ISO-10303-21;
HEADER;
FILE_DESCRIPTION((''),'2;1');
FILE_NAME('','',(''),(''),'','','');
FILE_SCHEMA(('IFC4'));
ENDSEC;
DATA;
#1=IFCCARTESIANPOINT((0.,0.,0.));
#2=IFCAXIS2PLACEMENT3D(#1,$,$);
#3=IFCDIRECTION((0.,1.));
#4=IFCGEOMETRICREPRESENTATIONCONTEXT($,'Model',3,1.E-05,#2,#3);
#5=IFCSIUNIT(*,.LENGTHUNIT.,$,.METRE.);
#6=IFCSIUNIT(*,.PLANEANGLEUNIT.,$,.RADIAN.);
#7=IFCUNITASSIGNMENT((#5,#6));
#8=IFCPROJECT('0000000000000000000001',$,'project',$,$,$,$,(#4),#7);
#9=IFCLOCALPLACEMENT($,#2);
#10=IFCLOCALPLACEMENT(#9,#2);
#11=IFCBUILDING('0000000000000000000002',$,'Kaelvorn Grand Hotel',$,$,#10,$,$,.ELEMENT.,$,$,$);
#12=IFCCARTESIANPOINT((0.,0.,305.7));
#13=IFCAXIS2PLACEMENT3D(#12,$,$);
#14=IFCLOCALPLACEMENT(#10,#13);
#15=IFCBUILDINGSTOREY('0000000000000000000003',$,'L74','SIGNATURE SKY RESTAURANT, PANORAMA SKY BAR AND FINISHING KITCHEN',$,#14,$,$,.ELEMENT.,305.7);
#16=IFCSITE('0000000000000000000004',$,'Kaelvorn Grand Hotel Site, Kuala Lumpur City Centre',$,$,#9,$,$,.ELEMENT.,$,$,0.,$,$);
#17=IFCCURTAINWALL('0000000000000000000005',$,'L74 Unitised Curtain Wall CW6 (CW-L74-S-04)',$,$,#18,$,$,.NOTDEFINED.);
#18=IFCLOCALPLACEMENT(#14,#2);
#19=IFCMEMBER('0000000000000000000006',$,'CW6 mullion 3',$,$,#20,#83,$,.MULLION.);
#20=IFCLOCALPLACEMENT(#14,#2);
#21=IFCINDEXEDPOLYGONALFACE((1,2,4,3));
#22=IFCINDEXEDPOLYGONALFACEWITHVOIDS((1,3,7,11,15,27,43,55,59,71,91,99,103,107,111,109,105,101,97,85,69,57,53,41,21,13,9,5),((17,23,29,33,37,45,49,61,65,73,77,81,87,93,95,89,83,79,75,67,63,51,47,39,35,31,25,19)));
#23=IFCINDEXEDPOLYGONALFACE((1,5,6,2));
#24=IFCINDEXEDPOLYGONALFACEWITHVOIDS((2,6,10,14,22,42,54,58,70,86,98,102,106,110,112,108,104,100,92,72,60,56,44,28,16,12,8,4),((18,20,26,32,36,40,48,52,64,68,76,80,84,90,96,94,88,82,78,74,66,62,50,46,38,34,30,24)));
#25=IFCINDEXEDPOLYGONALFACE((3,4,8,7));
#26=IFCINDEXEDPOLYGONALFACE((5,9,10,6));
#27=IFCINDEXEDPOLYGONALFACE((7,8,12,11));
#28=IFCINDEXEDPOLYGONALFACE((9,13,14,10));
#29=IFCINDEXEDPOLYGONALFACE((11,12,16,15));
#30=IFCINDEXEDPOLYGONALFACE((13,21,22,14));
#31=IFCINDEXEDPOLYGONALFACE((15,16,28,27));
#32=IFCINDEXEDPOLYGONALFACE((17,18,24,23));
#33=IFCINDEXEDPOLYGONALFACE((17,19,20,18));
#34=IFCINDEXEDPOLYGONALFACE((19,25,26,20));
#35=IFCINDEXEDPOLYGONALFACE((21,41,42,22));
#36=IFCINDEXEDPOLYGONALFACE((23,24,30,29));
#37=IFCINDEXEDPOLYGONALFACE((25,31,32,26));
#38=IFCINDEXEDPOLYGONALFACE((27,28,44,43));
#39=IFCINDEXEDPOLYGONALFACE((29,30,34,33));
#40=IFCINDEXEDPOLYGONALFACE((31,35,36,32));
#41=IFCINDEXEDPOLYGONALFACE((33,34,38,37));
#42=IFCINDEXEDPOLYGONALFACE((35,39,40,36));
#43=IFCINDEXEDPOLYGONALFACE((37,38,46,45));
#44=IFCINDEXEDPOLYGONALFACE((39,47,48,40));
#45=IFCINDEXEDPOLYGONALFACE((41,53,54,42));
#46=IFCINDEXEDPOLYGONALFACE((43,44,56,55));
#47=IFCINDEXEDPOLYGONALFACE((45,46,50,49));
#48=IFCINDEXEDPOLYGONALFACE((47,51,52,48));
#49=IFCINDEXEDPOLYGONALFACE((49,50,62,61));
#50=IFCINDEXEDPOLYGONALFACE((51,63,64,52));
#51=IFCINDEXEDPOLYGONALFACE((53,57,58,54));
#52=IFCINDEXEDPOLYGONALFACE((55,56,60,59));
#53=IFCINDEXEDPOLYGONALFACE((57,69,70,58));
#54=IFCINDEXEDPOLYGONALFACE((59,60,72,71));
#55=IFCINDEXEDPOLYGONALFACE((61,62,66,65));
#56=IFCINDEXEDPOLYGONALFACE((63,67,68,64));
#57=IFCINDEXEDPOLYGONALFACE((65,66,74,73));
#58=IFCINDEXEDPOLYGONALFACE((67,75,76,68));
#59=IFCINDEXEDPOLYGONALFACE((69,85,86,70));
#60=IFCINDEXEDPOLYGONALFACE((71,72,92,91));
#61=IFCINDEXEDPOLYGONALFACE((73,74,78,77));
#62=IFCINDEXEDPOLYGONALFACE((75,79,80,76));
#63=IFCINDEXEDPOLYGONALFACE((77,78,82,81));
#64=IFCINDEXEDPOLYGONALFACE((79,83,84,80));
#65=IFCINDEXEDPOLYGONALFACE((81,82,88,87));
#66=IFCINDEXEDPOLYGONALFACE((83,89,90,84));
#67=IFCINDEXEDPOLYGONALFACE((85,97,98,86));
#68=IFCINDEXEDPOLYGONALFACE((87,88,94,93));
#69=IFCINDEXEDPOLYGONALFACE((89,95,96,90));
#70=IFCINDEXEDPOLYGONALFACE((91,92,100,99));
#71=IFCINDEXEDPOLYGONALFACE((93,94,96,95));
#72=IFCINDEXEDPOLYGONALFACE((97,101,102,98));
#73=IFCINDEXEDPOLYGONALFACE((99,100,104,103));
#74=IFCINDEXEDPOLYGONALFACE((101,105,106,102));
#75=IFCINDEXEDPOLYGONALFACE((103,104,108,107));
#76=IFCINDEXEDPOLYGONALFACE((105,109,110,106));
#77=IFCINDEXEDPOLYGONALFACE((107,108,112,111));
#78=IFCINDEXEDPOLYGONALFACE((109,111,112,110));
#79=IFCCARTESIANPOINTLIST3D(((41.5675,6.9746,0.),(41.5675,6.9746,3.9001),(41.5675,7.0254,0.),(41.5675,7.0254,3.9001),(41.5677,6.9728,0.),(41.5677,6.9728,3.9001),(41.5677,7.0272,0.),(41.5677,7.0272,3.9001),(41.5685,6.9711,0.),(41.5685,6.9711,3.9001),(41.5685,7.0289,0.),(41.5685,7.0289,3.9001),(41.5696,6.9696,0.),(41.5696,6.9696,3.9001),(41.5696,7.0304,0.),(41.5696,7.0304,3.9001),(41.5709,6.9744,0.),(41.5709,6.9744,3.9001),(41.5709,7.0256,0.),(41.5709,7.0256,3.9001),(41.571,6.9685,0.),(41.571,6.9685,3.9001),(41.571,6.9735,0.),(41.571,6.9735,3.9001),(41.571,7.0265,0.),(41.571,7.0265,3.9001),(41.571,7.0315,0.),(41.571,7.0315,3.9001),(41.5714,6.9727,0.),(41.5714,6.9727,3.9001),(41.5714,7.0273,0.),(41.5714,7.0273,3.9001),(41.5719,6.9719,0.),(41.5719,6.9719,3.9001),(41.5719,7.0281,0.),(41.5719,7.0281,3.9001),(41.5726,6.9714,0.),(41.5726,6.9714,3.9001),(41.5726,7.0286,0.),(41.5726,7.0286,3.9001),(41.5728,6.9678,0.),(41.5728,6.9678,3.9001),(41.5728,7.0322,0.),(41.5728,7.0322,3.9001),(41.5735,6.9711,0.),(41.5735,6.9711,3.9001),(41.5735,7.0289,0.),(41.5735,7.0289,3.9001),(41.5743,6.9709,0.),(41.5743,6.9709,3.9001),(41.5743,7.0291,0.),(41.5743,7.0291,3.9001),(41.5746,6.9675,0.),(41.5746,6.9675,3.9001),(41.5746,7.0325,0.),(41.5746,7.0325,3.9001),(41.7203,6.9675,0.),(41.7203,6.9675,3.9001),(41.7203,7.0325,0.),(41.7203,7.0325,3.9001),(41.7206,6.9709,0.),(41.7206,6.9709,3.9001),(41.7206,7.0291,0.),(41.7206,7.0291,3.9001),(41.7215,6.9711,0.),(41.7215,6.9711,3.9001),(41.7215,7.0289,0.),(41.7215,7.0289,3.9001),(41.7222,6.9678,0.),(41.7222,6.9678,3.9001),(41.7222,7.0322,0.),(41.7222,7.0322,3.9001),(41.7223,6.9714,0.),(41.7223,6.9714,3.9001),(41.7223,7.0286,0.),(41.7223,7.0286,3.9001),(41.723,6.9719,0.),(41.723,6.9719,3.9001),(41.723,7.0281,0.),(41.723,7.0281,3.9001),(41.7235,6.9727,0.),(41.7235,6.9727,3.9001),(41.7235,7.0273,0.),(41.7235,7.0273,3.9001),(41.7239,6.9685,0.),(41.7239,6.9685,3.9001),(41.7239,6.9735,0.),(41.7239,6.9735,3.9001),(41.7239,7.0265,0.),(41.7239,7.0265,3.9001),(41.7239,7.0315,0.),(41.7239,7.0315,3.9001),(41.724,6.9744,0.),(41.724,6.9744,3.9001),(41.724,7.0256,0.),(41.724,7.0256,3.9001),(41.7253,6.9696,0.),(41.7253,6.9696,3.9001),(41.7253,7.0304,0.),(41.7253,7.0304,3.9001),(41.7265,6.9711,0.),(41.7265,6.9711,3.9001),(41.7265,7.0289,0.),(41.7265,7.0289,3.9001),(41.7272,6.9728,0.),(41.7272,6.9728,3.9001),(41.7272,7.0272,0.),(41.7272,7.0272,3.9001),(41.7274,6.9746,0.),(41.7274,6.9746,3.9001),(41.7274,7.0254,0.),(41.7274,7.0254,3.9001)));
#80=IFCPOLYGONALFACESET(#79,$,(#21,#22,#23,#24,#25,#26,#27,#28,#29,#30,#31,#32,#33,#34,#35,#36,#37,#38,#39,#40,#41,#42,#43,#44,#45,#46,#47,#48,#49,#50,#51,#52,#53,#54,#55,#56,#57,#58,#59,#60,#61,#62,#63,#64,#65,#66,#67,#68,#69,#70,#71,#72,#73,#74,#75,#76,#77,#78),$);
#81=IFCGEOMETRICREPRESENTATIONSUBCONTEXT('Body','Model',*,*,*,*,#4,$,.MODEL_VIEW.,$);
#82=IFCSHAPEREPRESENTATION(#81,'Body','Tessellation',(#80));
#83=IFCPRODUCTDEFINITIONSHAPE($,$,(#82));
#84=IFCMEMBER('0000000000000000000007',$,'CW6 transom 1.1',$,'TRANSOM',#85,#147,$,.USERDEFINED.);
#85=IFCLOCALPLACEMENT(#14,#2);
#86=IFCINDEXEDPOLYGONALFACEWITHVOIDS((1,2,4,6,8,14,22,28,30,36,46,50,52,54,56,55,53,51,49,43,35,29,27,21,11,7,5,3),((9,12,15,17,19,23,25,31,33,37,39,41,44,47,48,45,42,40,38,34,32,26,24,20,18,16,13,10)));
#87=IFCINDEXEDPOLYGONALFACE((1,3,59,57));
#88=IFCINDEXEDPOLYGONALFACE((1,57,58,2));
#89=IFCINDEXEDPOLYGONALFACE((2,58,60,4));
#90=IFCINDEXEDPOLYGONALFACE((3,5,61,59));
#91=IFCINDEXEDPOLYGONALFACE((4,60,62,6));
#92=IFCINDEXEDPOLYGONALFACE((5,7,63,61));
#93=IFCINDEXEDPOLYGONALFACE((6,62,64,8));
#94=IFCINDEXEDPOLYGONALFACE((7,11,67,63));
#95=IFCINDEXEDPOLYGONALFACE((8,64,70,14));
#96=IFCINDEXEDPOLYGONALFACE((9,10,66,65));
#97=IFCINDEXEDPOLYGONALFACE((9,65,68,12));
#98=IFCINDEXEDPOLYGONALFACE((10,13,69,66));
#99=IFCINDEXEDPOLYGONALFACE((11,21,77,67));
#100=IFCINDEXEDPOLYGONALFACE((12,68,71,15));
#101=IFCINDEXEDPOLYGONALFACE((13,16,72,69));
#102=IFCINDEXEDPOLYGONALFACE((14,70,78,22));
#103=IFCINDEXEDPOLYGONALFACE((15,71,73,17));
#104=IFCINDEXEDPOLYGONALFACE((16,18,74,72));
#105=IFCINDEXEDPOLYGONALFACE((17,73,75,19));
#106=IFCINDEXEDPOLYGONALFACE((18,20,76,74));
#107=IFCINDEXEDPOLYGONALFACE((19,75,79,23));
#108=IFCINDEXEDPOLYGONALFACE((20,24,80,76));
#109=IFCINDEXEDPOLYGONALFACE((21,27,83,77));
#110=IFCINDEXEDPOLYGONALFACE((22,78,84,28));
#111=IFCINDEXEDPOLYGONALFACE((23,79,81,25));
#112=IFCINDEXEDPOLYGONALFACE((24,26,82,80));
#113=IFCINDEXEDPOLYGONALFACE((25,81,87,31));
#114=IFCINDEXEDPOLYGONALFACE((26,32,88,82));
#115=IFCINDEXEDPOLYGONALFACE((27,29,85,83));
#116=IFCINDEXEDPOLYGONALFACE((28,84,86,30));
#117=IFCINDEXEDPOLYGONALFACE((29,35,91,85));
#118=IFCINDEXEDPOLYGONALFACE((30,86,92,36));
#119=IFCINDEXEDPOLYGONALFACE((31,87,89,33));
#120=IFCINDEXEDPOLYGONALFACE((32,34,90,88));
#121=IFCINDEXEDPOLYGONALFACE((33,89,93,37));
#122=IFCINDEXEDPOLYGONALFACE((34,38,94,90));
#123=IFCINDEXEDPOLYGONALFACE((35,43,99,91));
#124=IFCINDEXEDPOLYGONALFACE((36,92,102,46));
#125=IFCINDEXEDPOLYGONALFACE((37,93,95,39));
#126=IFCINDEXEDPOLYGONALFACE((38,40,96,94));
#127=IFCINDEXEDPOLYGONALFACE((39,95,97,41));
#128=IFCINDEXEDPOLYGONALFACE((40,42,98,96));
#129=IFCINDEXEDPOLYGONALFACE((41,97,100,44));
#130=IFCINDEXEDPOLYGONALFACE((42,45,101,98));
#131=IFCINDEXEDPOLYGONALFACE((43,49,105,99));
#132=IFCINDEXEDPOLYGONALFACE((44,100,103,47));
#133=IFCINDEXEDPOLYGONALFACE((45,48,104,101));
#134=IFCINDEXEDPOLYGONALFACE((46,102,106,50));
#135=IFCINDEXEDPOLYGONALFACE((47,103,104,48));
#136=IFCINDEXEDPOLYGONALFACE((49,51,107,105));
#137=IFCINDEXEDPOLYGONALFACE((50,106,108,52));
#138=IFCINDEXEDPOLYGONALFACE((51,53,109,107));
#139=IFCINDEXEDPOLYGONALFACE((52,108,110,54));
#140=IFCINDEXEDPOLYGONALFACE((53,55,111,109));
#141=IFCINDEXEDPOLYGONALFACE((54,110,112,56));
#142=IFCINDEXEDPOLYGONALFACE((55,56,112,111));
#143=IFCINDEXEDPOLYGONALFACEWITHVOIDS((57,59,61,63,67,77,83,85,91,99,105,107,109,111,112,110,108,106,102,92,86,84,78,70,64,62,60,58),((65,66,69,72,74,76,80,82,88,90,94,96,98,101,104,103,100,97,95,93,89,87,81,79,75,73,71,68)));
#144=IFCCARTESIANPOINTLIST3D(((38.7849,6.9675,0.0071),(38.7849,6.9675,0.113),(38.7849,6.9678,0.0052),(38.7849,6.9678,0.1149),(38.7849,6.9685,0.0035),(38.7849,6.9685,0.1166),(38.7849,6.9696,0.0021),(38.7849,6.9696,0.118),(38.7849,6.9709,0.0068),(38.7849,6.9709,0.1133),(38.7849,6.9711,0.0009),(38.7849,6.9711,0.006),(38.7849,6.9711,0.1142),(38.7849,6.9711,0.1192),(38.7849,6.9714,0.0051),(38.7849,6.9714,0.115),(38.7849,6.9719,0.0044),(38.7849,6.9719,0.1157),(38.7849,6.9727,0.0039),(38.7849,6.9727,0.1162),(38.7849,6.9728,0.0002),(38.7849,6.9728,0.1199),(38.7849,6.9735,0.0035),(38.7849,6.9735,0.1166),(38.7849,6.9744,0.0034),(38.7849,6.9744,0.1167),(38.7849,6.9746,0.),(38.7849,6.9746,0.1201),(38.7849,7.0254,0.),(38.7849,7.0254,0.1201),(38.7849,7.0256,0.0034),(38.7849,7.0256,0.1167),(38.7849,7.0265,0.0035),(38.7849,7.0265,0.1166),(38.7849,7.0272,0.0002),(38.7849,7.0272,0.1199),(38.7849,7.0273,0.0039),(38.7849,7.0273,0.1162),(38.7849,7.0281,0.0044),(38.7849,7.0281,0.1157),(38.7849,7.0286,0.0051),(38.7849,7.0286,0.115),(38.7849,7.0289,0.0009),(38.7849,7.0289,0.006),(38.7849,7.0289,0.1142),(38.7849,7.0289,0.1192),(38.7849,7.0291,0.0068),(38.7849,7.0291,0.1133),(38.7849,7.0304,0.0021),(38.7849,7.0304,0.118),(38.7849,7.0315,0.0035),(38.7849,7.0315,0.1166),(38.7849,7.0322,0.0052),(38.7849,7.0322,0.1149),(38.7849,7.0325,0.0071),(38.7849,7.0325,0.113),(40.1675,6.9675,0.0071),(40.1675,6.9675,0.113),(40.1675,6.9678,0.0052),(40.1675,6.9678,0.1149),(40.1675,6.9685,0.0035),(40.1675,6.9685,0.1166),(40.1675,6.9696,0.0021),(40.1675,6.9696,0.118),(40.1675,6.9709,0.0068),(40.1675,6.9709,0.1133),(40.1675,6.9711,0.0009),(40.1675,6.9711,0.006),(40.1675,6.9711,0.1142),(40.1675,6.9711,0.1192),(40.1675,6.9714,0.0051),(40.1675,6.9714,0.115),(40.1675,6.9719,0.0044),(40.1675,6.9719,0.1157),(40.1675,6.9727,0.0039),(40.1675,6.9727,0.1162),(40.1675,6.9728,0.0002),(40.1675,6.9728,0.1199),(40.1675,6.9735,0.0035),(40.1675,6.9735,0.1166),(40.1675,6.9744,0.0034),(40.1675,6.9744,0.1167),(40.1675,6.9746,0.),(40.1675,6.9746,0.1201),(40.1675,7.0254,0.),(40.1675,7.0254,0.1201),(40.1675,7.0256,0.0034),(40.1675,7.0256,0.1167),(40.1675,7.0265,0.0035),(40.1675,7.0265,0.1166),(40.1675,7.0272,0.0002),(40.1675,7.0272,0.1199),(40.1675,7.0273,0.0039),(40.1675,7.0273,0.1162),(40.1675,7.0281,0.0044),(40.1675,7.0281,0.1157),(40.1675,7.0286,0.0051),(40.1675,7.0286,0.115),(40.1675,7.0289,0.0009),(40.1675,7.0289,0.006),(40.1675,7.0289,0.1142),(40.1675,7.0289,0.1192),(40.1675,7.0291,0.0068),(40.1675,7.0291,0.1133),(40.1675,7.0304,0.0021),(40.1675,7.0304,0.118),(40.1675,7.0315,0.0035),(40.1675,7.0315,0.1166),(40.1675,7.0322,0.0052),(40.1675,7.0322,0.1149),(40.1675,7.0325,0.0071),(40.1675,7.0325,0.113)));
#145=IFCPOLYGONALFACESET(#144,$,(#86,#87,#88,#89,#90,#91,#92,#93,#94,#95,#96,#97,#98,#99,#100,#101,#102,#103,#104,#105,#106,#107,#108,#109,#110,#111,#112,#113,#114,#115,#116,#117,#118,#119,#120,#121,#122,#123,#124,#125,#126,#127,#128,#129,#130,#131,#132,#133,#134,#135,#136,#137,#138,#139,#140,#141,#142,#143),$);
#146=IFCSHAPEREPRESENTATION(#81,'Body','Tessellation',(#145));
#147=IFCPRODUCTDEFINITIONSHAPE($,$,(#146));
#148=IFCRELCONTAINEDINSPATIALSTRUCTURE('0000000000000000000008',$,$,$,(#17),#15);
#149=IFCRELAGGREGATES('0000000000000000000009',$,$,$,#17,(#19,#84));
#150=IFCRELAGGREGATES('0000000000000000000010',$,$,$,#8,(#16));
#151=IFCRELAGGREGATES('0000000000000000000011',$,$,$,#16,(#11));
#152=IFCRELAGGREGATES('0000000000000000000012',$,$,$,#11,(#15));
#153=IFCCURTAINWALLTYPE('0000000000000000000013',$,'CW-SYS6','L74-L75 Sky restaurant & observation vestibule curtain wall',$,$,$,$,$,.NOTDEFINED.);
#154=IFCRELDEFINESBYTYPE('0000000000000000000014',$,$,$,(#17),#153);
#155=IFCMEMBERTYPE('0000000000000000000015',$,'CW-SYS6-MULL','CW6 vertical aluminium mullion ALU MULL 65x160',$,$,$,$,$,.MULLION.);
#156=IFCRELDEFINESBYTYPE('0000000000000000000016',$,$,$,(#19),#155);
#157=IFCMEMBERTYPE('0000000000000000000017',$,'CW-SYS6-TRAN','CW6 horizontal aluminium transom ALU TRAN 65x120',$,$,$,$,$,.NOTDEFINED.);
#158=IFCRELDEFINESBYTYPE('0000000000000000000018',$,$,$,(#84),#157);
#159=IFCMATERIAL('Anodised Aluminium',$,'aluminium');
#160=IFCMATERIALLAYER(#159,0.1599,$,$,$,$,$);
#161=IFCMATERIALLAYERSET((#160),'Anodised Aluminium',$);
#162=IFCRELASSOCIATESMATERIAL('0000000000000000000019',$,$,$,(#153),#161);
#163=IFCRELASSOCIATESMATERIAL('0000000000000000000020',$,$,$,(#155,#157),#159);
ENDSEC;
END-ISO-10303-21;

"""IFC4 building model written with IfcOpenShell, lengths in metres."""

from ifc_helpers import new_model, si_unit, direction, frame, origin, origin_2d, place, context, subcontext, project, spatial, hollow_rectangle, extrude, material, layer, layer_set, material_profile, profile_set, type_object, element, aggregate, save


model = new_model("IFC4")

# Units and contexts
model_context = context("Model", 3, precision=1e-05, world=origin(), true_north=direction((0.0, 1.0)))
body_context = subcontext(model_context, "Body", "Model", "MODEL_VIEW")
ifc_project = project(units=[si_unit("LENGTHUNIT", "METRE"), si_unit("PLANEANGLEUNIT", "RADIAN")], contexts=[model_context])

# Site, building, storey
site_placement = place(None, origin())
site = spatial("IfcSite", under=ifc_project, at=site_placement, Name="Kaelvorn Grand Hotel Site, Kuala Lumpur City Centre", CompositionType="ELEMENT", RefElevation=0.0)
building_placement = place(site_placement, origin())
building = spatial("IfcBuilding", under=site, at=building_placement, Name="Kaelvorn Grand Hotel", CompositionType="ELEMENT")
storey_placement = place(building_placement, frame((0.0, 0.0, 305.7)))
storey = spatial("IfcBuildingStorey", under=building, at=storey_placement, Name="L74", Description="SIGNATURE SKY RESTAURANT, PANORAMA SKY BAR AND FINISHING KITCHEN", CompositionType="ELEMENT", Elevation=305.7)

# Shared definitions
ifc_material_1 = material(Name="Anodised Aluminium", Category="aluminium")
ifc_layer_1 = layer(ifc_material_1, 0.1599)
ifc_layer_set_1 = layer_set([ifc_layer_1], Name="Anodised Aluminium")
curtain_wall_type = type_object("IfcCurtainWallType", Name="CW-SYS6", Description="L74-L75 Sky restaurant & observation vestibule curtain wall", PredefinedType="NOTDEFINED", material=ifc_layer_set_1)
ifc_material_profile_1 = material_profile(ifc_material_1, hollow_rectangle(XDim=0.0649, YDim=0.1599, WallThickness=0.0034, InnerFilletRadius=0.0034, OuterFilletRadius=0.0071, at=origin_2d()), Name="ALU MULL 65x160")
ifc_profile_set_1 = profile_set([ifc_material_profile_1], Name="Anodised Aluminium")
member_type_1 = type_object("IfcMemberType", Name="CW-SYS6-MULL", Description="CW6 vertical aluminium mullion ALU MULL 65x160", PredefinedType="MULLION", material=ifc_profile_set_1)

# Curtain wall, members
curtain_wall_1_placement = place(storey_placement, origin())
curtain_wall_1 = element("IfcCurtainWall", 1, at=curtain_wall_1_placement, inside=storey, type_object=curtain_wall_type, Name="L74 Unitised Curtain Wall CW6 (CW-L74-S-04)", PredefinedType="NOTDEFINED")
member_1_placement = place(storey_placement, frame((41.6475, 7.0, 0.0), z_axis=(0.0, 0.0, 1.0), x_axis=(0.0, 1.0, 0.0)))
member_1 = element("IfcMember", 2, at=member_1_placement, type_object=member_type_1, Name="CW6 mullion 3", PredefinedType="MULLION", context=body_context, shape_type="SweptSolid", body=[
    extrude(hollow_rectangle(XDim=0.0649, YDim=0.1599, WallThickness=0.0034, InnerFilletRadius=0.0034, OuterFilletRadius=0.0071, at=origin_2d()), origin(), (0.0, 0.0, 1.0), 3.9001),
])
ifc_material_profile_2 = material_profile(ifc_material_1, hollow_rectangle(XDim=0.0649, YDim=0.1201, WallThickness=0.0034, InnerFilletRadius=0.0034, OuterFilletRadius=0.0071, at=origin_2d()), Name="ALU TRAN 65x120")
ifc_profile_set_2 = profile_set([ifc_material_profile_2], Name="Anodised Aluminium")
member_type_2 = type_object("IfcMemberType", Name="CW-SYS6-TRAN", Description="CW6 horizontal aluminium transom ALU TRAN 65x120", PredefinedType="NOTDEFINED", material=ifc_profile_set_2)
member_2_placement = place(storey_placement, frame((38.7849, 7.0, 0.0601), z_axis=(1.0, 0.0, 0.0), x_axis=(0.0, 1.0, 0.0)))
member_2 = element("IfcMember", 3, at=member_2_placement, type_object=member_type_2, Name="CW6 transom 1.1", ObjectType="TRANSOM", PredefinedType="USERDEFINED", context=body_context, shape_type="SweptSolid", body=[
    extrude(hollow_rectangle(XDim=0.0649, YDim=0.1201, WallThickness=0.0034, InnerFilletRadius=0.0034, OuterFilletRadius=0.0071, at=origin_2d()), origin(), (0.0, 0.0, 1.0), 1.3826),
])
aggregate(curtain_wall_1, [member_1, member_2])

save(model, "model.ifc")
